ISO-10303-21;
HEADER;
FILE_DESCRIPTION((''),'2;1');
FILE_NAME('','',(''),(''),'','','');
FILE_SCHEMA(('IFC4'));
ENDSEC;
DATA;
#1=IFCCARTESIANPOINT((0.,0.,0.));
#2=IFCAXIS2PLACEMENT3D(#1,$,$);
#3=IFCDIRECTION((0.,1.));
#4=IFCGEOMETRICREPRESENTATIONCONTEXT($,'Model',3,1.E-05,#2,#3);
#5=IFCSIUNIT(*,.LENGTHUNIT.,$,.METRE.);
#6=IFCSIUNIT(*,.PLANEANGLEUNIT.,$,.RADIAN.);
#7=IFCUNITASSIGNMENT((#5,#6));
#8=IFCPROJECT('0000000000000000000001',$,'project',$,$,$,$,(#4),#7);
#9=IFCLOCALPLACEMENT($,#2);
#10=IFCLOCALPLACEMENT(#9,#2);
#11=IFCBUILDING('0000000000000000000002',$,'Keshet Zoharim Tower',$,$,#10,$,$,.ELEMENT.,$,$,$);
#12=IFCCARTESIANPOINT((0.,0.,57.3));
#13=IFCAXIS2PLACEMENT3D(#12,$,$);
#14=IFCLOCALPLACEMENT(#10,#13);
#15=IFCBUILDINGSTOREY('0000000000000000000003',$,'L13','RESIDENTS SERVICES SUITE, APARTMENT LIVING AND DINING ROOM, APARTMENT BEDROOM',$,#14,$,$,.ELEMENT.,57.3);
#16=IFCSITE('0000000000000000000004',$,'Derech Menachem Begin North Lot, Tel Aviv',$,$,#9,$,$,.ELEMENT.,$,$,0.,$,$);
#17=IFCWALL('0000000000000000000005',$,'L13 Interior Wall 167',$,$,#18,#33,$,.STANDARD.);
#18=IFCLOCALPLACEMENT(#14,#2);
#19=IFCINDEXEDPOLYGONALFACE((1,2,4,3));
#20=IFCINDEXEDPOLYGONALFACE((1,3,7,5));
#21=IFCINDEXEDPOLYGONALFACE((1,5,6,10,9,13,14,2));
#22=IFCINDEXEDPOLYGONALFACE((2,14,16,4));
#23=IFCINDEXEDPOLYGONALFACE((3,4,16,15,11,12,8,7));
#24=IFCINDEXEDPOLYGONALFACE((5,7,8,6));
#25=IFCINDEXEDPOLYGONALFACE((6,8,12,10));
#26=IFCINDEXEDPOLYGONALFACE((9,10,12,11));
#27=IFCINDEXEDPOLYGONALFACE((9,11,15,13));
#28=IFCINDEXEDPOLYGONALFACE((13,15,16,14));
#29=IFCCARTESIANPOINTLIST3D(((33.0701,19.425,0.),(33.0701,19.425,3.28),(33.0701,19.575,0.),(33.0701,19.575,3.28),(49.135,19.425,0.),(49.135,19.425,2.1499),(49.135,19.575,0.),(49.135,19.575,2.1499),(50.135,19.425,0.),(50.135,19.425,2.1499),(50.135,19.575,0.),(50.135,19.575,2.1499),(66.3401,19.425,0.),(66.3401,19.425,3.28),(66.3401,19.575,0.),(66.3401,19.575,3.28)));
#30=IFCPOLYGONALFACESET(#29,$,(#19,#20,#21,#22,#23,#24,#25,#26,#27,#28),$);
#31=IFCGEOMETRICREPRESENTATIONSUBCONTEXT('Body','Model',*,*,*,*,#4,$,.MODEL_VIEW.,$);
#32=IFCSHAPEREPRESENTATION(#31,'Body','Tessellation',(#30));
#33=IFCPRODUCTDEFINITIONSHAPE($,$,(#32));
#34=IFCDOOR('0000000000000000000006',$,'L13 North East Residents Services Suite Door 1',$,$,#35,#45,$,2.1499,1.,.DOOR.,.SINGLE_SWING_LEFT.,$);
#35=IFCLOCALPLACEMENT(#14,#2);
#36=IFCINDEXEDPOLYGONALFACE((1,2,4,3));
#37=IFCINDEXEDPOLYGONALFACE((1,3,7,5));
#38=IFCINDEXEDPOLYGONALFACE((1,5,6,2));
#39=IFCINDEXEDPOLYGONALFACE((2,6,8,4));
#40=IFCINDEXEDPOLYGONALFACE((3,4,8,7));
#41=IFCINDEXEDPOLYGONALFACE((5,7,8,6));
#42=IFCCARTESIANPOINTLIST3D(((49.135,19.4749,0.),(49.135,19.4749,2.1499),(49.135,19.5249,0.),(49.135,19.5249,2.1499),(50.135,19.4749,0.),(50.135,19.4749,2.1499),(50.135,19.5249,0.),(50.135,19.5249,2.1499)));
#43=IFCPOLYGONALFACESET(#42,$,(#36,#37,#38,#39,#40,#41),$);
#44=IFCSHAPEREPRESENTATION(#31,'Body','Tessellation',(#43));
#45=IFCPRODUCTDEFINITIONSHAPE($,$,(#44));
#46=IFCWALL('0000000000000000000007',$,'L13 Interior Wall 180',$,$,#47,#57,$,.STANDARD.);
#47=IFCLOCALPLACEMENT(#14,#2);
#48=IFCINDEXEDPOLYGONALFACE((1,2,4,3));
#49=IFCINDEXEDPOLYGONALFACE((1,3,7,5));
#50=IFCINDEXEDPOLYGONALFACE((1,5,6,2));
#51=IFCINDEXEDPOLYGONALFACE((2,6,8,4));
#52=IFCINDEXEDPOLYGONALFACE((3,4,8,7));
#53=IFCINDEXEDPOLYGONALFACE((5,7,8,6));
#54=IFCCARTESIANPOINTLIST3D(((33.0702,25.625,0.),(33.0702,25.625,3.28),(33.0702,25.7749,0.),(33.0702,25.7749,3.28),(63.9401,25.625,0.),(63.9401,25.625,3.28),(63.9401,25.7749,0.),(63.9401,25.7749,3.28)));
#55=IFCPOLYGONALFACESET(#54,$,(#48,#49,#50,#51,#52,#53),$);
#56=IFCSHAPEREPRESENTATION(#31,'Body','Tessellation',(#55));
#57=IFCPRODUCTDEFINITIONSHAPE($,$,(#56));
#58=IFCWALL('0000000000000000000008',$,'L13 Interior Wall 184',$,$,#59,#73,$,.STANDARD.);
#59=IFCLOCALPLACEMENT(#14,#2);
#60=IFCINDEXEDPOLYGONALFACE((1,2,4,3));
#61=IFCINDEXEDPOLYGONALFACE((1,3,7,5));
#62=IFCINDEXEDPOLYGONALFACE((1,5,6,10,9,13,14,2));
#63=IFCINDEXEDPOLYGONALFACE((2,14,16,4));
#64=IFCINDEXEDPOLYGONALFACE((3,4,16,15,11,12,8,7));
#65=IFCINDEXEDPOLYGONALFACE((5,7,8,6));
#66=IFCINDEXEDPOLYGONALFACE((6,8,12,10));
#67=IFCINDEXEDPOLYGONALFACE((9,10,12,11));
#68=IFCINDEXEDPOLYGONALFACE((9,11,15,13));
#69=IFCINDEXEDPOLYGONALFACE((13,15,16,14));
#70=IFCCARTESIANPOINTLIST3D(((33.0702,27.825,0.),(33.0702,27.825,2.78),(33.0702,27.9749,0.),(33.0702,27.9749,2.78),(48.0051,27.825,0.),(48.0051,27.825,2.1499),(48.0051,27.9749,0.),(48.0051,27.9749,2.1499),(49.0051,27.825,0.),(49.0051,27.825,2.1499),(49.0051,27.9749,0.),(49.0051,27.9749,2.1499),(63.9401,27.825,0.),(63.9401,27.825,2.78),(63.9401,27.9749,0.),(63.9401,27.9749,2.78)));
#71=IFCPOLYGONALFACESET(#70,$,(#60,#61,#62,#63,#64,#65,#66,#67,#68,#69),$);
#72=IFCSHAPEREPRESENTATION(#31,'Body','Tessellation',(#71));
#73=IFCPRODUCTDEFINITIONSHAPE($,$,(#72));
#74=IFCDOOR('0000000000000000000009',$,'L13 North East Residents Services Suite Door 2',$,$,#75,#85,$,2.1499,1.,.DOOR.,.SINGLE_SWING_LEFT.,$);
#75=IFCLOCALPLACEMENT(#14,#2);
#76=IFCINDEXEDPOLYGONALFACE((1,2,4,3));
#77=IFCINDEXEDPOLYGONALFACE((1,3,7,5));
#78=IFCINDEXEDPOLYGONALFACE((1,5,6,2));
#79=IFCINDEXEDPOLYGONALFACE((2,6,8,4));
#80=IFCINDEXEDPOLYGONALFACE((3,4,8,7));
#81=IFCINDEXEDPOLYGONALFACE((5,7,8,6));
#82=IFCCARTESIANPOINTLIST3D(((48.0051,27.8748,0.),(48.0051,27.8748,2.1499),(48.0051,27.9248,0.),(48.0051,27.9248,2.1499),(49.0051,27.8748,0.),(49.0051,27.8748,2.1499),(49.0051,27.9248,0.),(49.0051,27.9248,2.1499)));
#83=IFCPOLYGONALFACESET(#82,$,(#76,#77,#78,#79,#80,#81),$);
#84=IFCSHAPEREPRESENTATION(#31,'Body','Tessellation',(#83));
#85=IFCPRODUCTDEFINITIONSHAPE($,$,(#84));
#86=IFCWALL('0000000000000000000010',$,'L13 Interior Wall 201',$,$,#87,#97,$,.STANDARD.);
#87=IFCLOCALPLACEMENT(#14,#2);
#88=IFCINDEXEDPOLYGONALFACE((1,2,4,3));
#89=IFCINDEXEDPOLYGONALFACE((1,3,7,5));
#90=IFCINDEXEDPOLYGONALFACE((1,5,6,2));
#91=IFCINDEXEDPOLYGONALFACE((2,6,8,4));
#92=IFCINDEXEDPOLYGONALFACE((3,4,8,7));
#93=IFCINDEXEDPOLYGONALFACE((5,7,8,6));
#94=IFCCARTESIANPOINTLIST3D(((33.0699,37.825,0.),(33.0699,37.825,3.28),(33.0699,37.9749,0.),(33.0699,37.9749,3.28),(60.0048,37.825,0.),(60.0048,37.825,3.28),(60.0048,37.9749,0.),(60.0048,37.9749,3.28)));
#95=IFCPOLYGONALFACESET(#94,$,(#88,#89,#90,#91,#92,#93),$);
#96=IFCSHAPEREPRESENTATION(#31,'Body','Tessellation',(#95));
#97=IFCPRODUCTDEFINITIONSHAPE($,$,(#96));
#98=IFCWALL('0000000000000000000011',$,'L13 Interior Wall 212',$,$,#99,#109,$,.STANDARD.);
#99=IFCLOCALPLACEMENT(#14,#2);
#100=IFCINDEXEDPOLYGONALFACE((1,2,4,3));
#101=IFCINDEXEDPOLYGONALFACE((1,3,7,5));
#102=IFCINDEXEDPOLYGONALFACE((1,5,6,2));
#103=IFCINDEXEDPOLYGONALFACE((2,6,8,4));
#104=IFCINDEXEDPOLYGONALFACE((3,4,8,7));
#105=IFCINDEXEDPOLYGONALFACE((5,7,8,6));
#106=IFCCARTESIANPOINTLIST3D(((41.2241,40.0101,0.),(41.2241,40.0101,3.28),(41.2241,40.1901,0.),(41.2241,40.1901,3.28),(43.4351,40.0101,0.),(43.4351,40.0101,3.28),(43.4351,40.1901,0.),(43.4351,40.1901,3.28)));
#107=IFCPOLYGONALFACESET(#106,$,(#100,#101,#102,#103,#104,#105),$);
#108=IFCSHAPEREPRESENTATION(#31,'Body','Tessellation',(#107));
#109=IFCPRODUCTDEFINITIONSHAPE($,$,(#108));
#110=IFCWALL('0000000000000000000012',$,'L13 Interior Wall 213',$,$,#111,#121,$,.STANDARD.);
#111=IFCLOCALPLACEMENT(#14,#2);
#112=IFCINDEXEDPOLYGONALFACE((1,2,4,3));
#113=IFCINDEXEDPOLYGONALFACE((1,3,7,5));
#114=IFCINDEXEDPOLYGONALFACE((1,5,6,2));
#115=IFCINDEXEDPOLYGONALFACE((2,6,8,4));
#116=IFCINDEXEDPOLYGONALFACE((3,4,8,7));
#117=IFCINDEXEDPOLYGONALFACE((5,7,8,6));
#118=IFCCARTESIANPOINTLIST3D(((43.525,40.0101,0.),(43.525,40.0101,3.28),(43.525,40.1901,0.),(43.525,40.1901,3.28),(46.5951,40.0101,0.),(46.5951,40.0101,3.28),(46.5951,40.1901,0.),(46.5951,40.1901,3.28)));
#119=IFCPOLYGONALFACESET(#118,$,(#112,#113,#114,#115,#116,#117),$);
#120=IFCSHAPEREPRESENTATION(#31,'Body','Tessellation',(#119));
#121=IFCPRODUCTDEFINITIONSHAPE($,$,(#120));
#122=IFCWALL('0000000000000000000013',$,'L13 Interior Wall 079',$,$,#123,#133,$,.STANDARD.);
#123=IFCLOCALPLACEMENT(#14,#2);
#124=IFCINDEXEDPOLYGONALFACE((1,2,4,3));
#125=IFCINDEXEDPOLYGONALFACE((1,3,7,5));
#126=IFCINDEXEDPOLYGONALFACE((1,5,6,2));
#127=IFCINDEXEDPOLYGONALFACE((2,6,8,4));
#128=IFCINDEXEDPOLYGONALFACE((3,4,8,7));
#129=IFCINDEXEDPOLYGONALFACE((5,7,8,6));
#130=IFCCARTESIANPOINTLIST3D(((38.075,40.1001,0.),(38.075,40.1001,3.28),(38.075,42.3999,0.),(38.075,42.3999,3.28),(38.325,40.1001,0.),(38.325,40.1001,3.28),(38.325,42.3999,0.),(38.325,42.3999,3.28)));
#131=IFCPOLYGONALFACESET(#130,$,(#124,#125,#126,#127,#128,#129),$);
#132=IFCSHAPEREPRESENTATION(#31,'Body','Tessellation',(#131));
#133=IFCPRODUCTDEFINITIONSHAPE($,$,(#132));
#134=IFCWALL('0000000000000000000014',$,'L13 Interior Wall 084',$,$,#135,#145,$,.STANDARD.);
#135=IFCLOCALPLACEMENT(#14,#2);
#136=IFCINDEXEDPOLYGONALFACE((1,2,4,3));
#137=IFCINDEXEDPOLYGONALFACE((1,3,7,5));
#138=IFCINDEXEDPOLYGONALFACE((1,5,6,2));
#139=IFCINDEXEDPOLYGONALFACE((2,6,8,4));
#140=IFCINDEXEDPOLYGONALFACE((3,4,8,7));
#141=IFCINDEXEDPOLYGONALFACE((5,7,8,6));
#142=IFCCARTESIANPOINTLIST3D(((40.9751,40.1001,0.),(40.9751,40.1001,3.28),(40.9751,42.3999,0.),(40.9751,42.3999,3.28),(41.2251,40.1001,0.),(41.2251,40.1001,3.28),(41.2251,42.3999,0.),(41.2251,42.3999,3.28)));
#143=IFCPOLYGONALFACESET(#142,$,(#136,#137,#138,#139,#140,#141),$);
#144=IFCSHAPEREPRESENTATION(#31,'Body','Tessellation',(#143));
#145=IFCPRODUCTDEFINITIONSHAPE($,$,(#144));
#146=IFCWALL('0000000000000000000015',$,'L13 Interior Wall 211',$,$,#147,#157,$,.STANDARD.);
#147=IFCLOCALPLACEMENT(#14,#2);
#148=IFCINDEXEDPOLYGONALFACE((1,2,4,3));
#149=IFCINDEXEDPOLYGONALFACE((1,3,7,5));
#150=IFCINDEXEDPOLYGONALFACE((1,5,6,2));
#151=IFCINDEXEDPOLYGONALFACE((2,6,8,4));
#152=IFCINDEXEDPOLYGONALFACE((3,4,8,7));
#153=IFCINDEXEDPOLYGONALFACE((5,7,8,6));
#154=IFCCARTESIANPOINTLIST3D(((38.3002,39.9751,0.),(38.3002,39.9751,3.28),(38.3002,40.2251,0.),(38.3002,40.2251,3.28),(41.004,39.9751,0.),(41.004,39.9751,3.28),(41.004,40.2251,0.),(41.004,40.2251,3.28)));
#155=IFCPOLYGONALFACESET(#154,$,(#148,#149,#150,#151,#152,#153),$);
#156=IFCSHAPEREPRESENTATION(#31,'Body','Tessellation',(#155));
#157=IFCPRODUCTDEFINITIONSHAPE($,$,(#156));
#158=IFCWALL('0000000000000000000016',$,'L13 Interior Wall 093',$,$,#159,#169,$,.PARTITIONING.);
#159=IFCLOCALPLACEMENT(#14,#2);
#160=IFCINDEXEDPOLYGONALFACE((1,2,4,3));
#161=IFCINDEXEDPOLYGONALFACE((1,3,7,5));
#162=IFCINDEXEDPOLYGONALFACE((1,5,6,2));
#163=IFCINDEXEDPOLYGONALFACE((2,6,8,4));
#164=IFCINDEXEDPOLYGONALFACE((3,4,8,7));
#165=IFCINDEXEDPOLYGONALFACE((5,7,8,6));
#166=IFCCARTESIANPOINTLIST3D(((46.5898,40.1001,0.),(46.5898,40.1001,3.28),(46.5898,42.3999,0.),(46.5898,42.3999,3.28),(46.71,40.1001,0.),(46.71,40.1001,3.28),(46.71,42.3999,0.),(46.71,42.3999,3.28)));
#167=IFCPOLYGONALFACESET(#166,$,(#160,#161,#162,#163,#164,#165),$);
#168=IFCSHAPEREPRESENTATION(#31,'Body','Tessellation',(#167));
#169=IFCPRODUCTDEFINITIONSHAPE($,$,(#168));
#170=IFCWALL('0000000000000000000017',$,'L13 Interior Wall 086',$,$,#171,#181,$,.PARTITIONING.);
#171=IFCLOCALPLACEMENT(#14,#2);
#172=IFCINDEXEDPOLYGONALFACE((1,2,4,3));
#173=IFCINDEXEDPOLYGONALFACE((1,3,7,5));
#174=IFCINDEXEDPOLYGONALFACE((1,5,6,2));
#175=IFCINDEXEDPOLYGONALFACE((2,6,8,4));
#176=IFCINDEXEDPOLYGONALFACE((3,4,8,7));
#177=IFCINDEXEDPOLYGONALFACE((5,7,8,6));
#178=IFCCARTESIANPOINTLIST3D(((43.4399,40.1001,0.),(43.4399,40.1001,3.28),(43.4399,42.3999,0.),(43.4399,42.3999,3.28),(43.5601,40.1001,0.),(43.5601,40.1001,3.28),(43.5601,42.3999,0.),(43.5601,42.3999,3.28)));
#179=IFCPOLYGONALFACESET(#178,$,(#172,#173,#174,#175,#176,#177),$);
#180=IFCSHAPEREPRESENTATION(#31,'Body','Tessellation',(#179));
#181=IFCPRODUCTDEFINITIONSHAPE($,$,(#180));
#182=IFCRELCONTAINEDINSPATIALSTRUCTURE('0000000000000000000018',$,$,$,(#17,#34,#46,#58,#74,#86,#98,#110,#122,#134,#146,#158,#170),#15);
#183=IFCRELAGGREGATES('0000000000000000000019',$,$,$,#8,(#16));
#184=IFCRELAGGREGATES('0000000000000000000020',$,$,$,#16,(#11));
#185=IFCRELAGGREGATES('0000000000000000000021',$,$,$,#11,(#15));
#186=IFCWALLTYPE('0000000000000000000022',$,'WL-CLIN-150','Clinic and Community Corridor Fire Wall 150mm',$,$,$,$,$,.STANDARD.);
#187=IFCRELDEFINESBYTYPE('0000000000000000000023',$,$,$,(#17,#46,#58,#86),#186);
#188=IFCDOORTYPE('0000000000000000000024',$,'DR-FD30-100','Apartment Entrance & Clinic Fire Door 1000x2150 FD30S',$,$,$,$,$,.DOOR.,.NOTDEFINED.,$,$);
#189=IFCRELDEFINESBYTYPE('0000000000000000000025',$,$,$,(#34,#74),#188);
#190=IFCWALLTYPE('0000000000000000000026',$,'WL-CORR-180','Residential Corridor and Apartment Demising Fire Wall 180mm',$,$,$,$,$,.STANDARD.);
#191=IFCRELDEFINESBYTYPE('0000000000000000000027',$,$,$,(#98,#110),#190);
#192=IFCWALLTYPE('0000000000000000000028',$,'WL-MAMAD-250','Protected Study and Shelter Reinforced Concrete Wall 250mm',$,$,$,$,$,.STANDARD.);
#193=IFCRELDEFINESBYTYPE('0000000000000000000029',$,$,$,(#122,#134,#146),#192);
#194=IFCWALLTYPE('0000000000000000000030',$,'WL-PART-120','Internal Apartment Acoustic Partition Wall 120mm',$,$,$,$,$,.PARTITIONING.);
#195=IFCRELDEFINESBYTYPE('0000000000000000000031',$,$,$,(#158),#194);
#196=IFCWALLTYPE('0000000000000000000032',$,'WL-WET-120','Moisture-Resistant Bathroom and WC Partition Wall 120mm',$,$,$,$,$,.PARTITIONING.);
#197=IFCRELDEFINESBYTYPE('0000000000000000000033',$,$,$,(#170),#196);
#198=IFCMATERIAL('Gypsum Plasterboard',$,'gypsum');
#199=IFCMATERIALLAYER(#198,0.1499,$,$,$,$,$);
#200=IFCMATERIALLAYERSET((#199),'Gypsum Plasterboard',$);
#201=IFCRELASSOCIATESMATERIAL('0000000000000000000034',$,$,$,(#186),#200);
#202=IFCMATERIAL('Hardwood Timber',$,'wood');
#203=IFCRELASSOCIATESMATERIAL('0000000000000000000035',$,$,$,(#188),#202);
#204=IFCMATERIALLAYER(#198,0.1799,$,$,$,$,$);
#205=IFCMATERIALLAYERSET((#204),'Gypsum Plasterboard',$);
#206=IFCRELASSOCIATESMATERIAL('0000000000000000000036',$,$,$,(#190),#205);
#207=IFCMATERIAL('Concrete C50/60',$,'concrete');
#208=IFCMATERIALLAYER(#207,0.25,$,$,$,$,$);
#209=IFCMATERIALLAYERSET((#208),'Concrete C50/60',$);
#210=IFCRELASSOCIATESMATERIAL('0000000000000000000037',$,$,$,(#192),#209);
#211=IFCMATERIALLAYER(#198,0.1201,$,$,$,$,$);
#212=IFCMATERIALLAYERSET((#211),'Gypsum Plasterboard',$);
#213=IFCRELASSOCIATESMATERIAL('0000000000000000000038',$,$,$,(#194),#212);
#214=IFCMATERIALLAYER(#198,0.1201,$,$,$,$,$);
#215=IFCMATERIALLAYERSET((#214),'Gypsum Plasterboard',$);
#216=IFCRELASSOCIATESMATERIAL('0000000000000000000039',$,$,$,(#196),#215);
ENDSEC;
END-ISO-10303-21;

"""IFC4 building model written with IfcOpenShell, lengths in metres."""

from ifc_helpers import new_model, si_unit, direction, frame, frame_2d, origin, place, context, subcontext, project, spatial, rectangle, extrude, material, layer, layer_set, type_object, element, fill, save


model = new_model("IFC4")

# Units and contexts
model_context = context("Model", 3, precision=1e-05, world=origin(), true_north=direction((0.0, 1.0)))
body_context = subcontext(model_context, "Body", "Model", "MODEL_VIEW")
ifc_project = project(units=[si_unit("LENGTHUNIT", "METRE"), si_unit("PLANEANGLEUNIT", "RADIAN")], contexts=[model_context])

# Site, building, storey
site_placement = place(None, origin())
site = spatial("IfcSite", under=ifc_project, at=site_placement, Name="Derech Menachem Begin North Lot, Tel Aviv", CompositionType="ELEMENT", RefElevation=0.0)
building_placement = place(site_placement, origin())
building = spatial("IfcBuilding", under=site, at=building_placement, Name="Keshet Zoharim Tower", CompositionType="ELEMENT")
storey_placement = place(building_placement, frame((0.0, 0.0, 57.3)))
storey = spatial("IfcBuildingStorey", under=building, at=storey_placement, Name="L13", Description="RESIDENTS SERVICES SUITE, APARTMENT LIVING AND DINING ROOM, APARTMENT BEDROOM", CompositionType="ELEMENT", Elevation=57.3)

# Shared definitions
ifc_material_1 = material(Name="Gypsum Plasterboard", Category="gypsum")
ifc_layer_1 = layer(ifc_material_1, 0.1499)
ifc_layer_set_1 = layer_set([ifc_layer_1], Name="Gypsum Plasterboard")
wall_type_1 = type_object("IfcWallType", Name="WL-CLIN-150", Description="Clinic and Community Corridor Fire Wall 150mm", PredefinedType="STANDARD", material=ifc_layer_set_1)

# Wall, opening, door
wall_1_placement = place(storey_placement, frame((33.0701, 19.5, 0.0), z_axis=(0.0, 0.0, 1.0), x_axis=(1.0, 0.0, 0.0)))
wall_1 = element("IfcWall", 1, at=wall_1_placement, inside=storey, type_object=wall_type_1, Name="L13 Interior Wall 167", PredefinedType="STANDARD", context=body_context, shape_type="SweptSolid", body=[
    extrude(rectangle(XDim=33.27, YDim=0.1499, at=frame_2d((16.635, 0.0))), origin(), (0.0, 0.0, 1.0), 3.28),
])
opening_1_placement = place(wall_1_placement, frame((16.0649, 0.0, 0.0)))
opening_1 = element("IfcOpeningElement", 2, at=opening_1_placement, cuts=wall_1, PredefinedType="OPENING", context=body_context, shape_type="SweptSolid", body=[
    extrude(rectangle(XDim=1.0, YDim=2.1499, at=frame_2d((0.5, 1.075))), frame((0.0, 0.085, 0.0), z_axis=(0.0, -1.0, 0.0), x_axis=(1.0, 0.0, 0.0)), (0.0, 0.0, 1.0), 0.1699),
])
ifc_material_2 = material(Name="Hardwood Timber", Category="wood")
door_type = type_object("IfcDoorType", Name="DR-FD30-100", Description="Apartment Entrance & Clinic Fire Door 1000x2150 FD30S", OperationType="NOTDEFINED", PredefinedType="DOOR", material=ifc_material_2)
door_1_placement = place(opening_1_placement, origin())
door_1 = element("IfcDoor", 3, at=door_1_placement, inside=storey, type_object=door_type, Name="L13 North East Residents Services Suite Door 1", OperationType="SINGLE_SWING_LEFT", OverallHeight=2.1499, OverallWidth=1.0, PredefinedType="DOOR", context=body_context, shape_type="SweptSolid", body=[
    extrude(rectangle(XDim=1.0, YDim=2.1499, at=frame_2d((0.5, 1.075))), frame((0.0, 0.0249, 0.0), z_axis=(0.0, -1.0, 0.0), x_axis=(1.0, 0.0, 0.0)), (0.0, 0.0, 1.0), 0.05),
])
fill(opening_1, door_1)

# Wall
wall_2_placement = place(storey_placement, frame((33.0701, 25.7, 0.0), z_axis=(0.0, 0.0, 1.0), x_axis=(1.0, 0.0, 0.0)))
element("IfcWall", 4, at=wall_2_placement, inside=storey, type_object=wall_type_1, Name="L13 Interior Wall 180", PredefinedType="STANDARD", context=body_context, shape_type="SweptSolid", body=[
    extrude(rectangle(XDim=30.8699, YDim=0.1499, at=frame_2d((15.4351, 0.0))), origin(), (0.0, 0.0, 1.0), 3.28),
])

# Wall, opening, door
wall_3_placement = place(storey_placement, frame((33.0701, 27.8999, 0.0), z_axis=(0.0, 0.0, 1.0), x_axis=(1.0, 0.0, 0.0)))
wall_3 = element("IfcWall", 5, at=wall_3_placement, inside=storey, type_object=wall_type_1, Name="L13 Interior Wall 184", PredefinedType="STANDARD", context=body_context, shape_type="SweptSolid", body=[
    extrude(rectangle(XDim=30.8699, YDim=0.1499, at=frame_2d((15.4351, 0.0))), origin(), (0.0, 0.0, 1.0), 2.78),
])
opening_2_placement = place(wall_3_placement, frame((14.9351, 0.0, 0.0)))
opening_2 = element("IfcOpeningElement", 6, at=opening_2_placement, cuts=wall_3, PredefinedType="OPENING", context=body_context, shape_type="SweptSolid", body=[
    extrude(rectangle(XDim=1.0, YDim=2.1499, at=frame_2d((0.5, 1.075))), frame((0.0, 0.085, 0.0), z_axis=(0.0, -1.0, 0.0), x_axis=(1.0, 0.0, 0.0)), (0.0, 0.0, 1.0), 0.1699),
])
door_2_placement = place(opening_2_placement, origin())
door_2 = element("IfcDoor", 7, at=door_2_placement, inside=storey, type_object=door_type, Name="L13 North East Residents Services Suite Door 2", OperationType="SINGLE_SWING_LEFT", OverallHeight=2.1499, OverallWidth=1.0, PredefinedType="DOOR", context=body_context, shape_type="SweptSolid", body=[
    extrude(rectangle(XDim=1.0, YDim=2.1499, at=frame_2d((0.5, 1.075))), frame((0.0, 0.0249, 0.0), z_axis=(0.0, -1.0, 0.0), x_axis=(1.0, 0.0, 0.0)), (0.0, 0.0, 1.0), 0.05),
])
fill(opening_2, door_2)

# Walls
wall_4_placement = place(storey_placement, frame((33.0701, 37.8999, 0.0), z_axis=(0.0, 0.0, 1.0), x_axis=(1.0, 0.0, 0.0)))
element("IfcWall", 8, at=wall_4_placement, inside=storey, type_object=wall_type_1, Name="L13 Interior Wall 201", PredefinedType="STANDARD", context=body_context, shape_type="SweptSolid", body=[
    extrude(rectangle(XDim=26.9348, YDim=0.1499, at=frame_2d((13.4673, 0.0))), origin(), (0.0, 0.0, 1.0), 3.28),
])
ifc_layer_2 = layer(ifc_material_1, 0.1799)
ifc_layer_set_2 = layer_set([ifc_layer_2], Name="Gypsum Plasterboard")
wall_type_2 = type_object("IfcWallType", Name="WL-CORR-180", Description="Residential Corridor and Apartment Demising Fire Wall 180mm", PredefinedType="STANDARD", material=ifc_layer_set_2)
wall_5_placement = place(storey_placement, frame((41.2241, 40.1001, 0.0), z_axis=(0.0, 0.0, 1.0), x_axis=(1.0, 0.0, 0.0)))
element("IfcWall", 9, at=wall_5_placement, inside=storey, type_object=wall_type_2, Name="L13 Interior Wall 212", PredefinedType="STANDARD", context=body_context, shape_type="SweptSolid", body=[
    extrude(rectangle(XDim=2.2109, YDim=0.1799, at=frame_2d((1.1055, 0.0))), origin(), (0.0, 0.0, 1.0), 3.28),
])
wall_6_placement = place(storey_placement, frame((43.5249, 40.1001, 0.0), z_axis=(0.0, 0.0, 1.0), x_axis=(1.0, 0.0, 0.0)))
element("IfcWall", 10, at=wall_6_placement, inside=storey, type_object=wall_type_2, Name="L13 Interior Wall 213", PredefinedType="STANDARD", context=body_context, shape_type="SweptSolid", body=[
    extrude(rectangle(XDim=3.0701, YDim=0.1799, at=frame_2d((1.5352, 0.0))), origin(), (0.0, 0.0, 1.0), 3.28),
])
ifc_material_3 = material(Name="Concrete C50/60", Category="concrete")
ifc_layer_3 = layer(ifc_material_3, 0.25)
ifc_layer_set_3 = layer_set([ifc_layer_3], Name="Concrete C50/60")
wall_type_3 = type_object("IfcWallType", Name="WL-MAMAD-250", Description="Protected Study and Shelter Reinforced Concrete Wall 250mm", PredefinedType="STANDARD", material=ifc_layer_set_3)
for number, where, z_axis, x_axis, name in (
    (11, (38.2, 40.1001, 0.0), (0.0, 0.0, 1.0), (0.0, 1.0, 0.0), "L13 Interior Wall 079"),
    (12, (41.1001, 40.1001, 0.0), (0.0, 0.0, 1.0), (0.0, 1.0, 0.0), "L13 Interior Wall 084"),
):
    element("IfcWall", number, at=place(storey_placement, frame(where, z_axis=z_axis, x_axis=x_axis)), inside=storey, type_object=wall_type_3, Name=name, PredefinedType="STANDARD", context=body_context, shape_type="SweptSolid", body=[
        extrude(rectangle(XDim=2.2998, YDim=0.25, at=frame_2d((1.1499, 0.0))), origin(), (0.0, 0.0, 1.0), 3.28),
    ])
wall_7_placement = place(storey_placement, frame((38.3, 40.1001, 0.0), z_axis=(0.0, 0.0, 1.0), x_axis=(1.0, 0.0, 0.0)))
element("IfcWall", 13, at=wall_7_placement, inside=storey, type_object=wall_type_3, Name="L13 Interior Wall 211", PredefinedType="STANDARD", context=body_context, shape_type="SweptSolid", body=[
    extrude(rectangle(XDim=2.7039, YDim=0.25, at=frame_2d((1.3521, 0.0))), origin(), (0.0, 0.0, 1.0), 3.28),
])
ifc_layer_4 = layer(ifc_material_1, 0.1201)
ifc_layer_set_4 = layer_set([ifc_layer_4], Name="Gypsum Plasterboard")
wall_type_4 = type_object("IfcWallType", Name="WL-PART-120", Description="Internal Apartment Acoustic Partition Wall 120mm", PredefinedType="PARTITIONING", material=ifc_layer_set_4)
wall_8_placement = place(storey_placement, frame((46.6499, 40.1001, 0.0), z_axis=(0.0, 0.0, 1.0), x_axis=(0.0, 1.0, 0.0)))
element("IfcWall", 14, at=wall_8_placement, inside=storey, type_object=wall_type_4, Name="L13 Interior Wall 093", PredefinedType="PARTITIONING", context=body_context, shape_type="SweptSolid", body=[
    extrude(rectangle(XDim=2.2998, YDim=0.1201, at=frame_2d((1.1499, 0.0))), origin(), (0.0, 0.0, 1.0), 3.28),
])
ifc_layer_5 = layer(ifc_material_1, 0.1201)
ifc_layer_set_5 = layer_set([ifc_layer_5], Name="Gypsum Plasterboard")
wall_type_5 = type_object("IfcWallType", Name="WL-WET-120", Description="Moisture-Resistant Bathroom and WC Partition Wall 120mm", PredefinedType="PARTITIONING", material=ifc_layer_set_5)
wall_9_placement = place(storey_placement, frame((43.5, 40.1001, 0.0), z_axis=(0.0, 0.0, 1.0), x_axis=(0.0, 1.0, 0.0)))
element("IfcWall", 15, at=wall_9_placement, inside=storey, type_object=wall_type_5, Name="L13 Interior Wall 086", PredefinedType="PARTITIONING", context=body_context, shape_type="SweptSolid", body=[
    extrude(rectangle(XDim=2.2998, YDim=0.1201, at=frame_2d((1.1499, 0.0))), origin(), (0.0, 0.0, 1.0), 3.28),
])

save(model, "model.ifc")
